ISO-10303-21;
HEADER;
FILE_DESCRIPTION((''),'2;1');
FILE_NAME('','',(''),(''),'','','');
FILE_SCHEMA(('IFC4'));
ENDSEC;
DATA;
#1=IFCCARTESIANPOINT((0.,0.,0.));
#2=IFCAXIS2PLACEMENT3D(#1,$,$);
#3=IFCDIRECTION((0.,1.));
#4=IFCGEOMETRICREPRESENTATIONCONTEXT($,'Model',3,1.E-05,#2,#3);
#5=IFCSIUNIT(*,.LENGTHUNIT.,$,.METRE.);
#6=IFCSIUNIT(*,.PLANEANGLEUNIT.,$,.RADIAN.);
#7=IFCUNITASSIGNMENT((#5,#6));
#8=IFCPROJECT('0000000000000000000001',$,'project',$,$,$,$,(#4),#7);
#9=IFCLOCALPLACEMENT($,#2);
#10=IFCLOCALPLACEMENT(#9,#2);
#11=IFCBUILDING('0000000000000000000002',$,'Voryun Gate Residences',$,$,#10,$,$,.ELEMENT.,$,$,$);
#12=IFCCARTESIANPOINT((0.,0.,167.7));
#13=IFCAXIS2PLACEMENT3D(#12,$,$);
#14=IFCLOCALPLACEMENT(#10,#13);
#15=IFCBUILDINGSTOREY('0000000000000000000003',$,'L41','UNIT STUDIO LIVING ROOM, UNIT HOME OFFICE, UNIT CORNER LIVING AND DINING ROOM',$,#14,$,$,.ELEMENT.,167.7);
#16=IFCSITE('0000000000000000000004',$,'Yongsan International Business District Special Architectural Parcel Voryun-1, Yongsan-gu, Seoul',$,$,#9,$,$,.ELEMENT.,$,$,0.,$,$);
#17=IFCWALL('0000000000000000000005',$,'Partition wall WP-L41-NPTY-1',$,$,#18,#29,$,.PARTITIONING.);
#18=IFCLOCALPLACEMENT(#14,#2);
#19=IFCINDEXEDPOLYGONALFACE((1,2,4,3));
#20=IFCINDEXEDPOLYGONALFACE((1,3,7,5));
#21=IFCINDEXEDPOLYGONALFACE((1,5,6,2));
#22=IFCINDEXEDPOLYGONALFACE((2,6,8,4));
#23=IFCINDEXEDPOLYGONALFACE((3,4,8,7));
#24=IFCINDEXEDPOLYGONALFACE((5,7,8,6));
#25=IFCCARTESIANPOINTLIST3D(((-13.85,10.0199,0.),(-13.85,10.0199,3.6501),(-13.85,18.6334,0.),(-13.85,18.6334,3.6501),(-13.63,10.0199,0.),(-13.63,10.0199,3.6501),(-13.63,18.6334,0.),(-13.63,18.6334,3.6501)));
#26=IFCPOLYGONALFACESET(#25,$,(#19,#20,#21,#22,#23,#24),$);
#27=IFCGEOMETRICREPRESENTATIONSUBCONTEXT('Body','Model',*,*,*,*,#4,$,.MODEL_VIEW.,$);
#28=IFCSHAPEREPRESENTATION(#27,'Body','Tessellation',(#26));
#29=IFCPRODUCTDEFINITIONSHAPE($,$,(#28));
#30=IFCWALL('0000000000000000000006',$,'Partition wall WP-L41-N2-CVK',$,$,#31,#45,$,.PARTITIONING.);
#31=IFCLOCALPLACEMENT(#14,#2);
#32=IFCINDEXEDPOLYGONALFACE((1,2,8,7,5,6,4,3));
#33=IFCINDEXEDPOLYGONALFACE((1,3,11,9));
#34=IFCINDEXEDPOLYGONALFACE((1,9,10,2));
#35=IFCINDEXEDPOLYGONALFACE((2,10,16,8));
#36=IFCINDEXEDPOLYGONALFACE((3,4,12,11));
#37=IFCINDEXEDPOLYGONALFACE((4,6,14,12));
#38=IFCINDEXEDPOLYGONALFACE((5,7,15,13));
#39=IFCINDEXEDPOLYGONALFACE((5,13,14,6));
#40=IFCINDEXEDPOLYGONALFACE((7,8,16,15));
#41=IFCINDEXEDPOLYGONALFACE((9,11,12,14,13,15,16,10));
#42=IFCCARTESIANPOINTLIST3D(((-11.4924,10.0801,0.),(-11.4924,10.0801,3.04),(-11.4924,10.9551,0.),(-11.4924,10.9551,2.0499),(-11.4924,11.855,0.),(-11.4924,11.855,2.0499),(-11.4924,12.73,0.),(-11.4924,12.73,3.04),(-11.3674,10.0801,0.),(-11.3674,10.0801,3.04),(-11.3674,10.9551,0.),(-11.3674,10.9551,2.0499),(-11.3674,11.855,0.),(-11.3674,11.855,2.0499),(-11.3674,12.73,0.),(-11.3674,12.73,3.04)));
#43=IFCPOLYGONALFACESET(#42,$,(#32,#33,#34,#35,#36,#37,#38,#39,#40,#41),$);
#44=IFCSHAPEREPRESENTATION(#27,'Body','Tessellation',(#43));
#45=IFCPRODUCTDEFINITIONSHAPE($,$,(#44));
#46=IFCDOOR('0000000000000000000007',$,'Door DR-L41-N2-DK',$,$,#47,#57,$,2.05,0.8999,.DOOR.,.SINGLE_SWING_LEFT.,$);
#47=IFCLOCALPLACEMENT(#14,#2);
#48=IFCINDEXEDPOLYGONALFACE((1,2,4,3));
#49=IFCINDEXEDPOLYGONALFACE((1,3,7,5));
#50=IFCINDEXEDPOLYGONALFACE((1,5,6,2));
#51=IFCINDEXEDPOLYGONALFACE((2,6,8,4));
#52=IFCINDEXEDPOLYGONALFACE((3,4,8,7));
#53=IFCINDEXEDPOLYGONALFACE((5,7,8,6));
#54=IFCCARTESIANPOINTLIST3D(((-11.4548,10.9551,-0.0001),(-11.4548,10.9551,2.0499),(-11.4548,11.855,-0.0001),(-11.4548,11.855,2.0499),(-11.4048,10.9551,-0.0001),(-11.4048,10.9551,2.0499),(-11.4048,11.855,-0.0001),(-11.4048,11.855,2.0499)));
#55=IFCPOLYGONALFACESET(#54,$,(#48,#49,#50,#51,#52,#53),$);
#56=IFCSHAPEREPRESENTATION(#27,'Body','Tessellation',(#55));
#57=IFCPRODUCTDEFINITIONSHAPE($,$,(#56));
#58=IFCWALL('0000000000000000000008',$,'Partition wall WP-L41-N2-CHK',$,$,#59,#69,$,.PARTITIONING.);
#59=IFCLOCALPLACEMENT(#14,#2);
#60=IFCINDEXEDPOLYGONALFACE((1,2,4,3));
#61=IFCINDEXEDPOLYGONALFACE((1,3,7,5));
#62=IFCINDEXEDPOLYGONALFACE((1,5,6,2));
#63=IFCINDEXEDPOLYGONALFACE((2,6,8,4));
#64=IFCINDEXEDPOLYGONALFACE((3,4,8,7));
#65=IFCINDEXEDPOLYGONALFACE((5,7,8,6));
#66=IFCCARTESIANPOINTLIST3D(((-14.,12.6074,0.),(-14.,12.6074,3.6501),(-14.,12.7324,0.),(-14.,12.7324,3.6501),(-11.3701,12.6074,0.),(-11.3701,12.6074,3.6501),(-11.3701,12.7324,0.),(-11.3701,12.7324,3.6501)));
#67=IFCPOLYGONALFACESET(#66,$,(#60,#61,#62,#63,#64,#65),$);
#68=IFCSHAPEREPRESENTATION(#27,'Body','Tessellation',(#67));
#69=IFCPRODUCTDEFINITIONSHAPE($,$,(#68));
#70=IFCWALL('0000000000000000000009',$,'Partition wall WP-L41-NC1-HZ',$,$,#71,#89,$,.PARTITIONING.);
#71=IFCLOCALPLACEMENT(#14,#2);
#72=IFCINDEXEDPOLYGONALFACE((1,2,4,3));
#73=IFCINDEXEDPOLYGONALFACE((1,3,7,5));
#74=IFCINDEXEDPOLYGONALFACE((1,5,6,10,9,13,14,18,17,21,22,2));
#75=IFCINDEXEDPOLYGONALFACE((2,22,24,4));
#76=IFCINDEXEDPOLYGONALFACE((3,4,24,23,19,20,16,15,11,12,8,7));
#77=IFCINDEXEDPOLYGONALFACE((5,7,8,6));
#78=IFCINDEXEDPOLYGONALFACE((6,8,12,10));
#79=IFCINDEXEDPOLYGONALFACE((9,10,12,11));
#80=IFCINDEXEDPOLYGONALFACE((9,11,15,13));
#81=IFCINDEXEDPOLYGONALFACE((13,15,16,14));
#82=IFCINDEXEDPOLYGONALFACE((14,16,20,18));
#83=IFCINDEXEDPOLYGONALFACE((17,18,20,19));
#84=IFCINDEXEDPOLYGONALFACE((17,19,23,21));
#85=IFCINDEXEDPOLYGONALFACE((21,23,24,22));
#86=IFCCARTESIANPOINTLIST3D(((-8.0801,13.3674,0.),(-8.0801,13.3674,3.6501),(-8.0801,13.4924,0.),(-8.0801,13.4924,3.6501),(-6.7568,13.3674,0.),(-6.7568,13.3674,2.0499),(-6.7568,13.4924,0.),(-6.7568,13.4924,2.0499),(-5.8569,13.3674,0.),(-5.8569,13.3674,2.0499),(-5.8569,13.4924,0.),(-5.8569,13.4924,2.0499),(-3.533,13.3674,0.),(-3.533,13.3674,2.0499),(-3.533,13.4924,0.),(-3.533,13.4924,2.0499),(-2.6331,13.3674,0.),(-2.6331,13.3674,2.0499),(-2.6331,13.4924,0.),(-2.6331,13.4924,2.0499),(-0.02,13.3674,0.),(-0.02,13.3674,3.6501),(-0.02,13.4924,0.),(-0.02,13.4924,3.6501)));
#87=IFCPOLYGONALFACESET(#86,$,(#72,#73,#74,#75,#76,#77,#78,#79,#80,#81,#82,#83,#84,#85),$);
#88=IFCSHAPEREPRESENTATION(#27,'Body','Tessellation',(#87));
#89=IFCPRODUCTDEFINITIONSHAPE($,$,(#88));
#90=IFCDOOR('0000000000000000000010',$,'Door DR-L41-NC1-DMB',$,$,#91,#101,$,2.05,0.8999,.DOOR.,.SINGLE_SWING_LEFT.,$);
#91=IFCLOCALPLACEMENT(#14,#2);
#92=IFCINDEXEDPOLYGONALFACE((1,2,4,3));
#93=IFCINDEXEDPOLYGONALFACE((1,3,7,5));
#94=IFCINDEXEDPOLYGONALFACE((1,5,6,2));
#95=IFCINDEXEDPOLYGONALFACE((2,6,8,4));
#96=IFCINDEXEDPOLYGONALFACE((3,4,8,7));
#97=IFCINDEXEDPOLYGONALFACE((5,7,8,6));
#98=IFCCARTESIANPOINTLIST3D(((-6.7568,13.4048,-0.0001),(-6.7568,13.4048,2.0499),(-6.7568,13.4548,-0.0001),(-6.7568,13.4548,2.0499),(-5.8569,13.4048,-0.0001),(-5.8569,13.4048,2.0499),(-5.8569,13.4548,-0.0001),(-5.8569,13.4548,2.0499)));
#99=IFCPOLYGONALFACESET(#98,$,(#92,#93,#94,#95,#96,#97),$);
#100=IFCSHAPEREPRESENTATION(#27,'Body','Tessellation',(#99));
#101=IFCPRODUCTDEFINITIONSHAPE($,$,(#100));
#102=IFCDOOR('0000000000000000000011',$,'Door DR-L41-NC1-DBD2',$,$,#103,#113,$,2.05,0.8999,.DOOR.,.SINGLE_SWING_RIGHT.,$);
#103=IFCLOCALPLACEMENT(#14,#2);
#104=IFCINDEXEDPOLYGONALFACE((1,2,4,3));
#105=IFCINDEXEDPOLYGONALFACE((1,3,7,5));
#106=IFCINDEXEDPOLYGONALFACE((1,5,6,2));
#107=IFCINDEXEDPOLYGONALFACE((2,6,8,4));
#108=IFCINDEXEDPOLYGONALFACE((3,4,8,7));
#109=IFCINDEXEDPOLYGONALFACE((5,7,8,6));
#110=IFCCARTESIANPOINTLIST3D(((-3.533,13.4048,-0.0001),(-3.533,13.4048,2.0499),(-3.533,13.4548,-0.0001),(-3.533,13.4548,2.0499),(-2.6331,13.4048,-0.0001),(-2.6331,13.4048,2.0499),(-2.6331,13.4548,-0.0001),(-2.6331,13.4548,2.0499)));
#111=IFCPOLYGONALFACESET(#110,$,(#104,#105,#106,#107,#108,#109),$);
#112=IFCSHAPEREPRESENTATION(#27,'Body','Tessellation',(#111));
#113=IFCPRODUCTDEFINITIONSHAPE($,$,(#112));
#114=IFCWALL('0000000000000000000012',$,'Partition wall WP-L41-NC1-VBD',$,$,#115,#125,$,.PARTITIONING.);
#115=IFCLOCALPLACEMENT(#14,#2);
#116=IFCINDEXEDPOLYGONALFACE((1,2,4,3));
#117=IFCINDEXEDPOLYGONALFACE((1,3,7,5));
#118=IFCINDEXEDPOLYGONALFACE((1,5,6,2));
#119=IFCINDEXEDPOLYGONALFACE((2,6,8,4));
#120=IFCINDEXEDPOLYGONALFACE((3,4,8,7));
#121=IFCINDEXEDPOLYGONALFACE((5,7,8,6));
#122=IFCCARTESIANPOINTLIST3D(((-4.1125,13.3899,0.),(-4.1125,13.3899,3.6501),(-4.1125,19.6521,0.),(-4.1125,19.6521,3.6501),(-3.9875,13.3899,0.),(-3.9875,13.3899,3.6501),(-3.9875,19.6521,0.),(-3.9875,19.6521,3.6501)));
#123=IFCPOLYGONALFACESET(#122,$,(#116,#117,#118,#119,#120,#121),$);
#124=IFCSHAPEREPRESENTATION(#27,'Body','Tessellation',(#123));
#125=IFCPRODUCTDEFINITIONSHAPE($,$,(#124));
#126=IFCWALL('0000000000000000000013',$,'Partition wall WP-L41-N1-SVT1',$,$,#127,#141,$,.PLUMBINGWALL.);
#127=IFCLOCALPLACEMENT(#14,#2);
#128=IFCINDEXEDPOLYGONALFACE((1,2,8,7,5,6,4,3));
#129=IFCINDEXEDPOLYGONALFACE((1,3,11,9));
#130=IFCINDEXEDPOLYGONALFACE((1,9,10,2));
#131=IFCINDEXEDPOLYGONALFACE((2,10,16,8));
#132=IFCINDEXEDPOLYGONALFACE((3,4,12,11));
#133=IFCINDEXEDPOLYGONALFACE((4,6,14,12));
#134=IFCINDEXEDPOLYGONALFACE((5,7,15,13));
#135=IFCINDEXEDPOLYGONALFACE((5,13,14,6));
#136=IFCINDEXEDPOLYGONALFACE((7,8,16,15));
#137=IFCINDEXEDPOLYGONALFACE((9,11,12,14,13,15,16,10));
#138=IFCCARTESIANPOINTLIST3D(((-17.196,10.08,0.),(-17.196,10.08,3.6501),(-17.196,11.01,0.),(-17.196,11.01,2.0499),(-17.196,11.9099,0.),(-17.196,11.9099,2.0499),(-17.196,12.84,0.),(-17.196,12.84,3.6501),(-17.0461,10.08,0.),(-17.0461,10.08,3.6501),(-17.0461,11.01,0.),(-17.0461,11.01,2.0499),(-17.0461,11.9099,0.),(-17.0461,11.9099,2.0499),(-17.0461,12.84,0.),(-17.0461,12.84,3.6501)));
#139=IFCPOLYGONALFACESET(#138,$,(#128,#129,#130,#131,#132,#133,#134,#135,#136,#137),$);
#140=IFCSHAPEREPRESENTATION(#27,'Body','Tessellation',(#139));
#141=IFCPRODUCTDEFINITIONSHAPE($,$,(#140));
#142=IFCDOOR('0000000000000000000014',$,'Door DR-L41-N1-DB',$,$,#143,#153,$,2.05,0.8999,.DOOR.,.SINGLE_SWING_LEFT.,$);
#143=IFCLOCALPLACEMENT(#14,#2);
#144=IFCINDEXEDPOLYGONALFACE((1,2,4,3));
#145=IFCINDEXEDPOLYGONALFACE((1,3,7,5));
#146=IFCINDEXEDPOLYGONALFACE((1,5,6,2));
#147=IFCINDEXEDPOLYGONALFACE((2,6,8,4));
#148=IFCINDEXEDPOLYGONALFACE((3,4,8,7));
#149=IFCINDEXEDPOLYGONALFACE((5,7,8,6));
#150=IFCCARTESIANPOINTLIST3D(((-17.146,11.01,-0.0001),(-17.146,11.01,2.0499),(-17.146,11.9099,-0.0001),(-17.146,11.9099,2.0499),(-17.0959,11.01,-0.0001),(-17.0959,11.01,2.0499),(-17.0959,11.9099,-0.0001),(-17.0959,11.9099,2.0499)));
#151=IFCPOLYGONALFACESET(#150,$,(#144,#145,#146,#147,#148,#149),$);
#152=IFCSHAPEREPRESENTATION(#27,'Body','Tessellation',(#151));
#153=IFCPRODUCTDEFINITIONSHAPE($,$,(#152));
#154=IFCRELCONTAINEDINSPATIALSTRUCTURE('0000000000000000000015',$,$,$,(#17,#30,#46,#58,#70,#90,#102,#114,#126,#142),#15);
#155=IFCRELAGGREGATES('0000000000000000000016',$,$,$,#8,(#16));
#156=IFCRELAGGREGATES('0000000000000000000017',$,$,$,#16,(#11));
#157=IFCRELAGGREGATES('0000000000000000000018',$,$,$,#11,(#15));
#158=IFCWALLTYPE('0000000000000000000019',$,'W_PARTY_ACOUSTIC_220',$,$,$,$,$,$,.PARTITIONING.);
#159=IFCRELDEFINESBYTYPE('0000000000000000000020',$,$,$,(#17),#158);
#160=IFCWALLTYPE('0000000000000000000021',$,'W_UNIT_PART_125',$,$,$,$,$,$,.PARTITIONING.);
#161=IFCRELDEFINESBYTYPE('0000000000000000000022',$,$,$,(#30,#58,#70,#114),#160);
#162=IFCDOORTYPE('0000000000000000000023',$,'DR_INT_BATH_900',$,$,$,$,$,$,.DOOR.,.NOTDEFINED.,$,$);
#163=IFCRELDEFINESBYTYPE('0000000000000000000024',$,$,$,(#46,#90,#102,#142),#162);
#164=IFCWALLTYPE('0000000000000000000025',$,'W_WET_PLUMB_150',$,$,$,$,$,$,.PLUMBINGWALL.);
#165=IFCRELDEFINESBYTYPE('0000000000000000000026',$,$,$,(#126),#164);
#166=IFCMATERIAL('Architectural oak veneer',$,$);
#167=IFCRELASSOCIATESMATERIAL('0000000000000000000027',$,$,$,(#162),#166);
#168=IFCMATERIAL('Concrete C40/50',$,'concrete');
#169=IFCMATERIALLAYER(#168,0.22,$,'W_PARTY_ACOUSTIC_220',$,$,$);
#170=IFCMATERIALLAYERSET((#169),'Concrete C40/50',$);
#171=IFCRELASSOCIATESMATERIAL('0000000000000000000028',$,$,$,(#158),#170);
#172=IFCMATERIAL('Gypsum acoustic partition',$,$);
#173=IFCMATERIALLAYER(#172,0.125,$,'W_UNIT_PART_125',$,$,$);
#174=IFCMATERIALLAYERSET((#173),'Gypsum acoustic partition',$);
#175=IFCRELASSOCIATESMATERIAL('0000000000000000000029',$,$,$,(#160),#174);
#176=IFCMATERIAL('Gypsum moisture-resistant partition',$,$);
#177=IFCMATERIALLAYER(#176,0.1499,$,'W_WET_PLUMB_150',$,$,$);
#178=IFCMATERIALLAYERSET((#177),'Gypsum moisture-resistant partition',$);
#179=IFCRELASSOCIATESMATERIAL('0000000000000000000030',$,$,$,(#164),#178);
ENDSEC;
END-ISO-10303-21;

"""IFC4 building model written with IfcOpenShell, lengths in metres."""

from ifc_helpers import new_model, si_unit, direction, frame, frame_2d, origin, place, context, subcontext, project, spatial, rectangle, extrude, material, layer, layer_set, type_object, element, fill, save


model = new_model("IFC4")

# Units and contexts
model_context = context("Model", 3, precision=1e-05, world=origin(), true_north=direction((0.0, 1.0)))
body_context = subcontext(model_context, "Body", "Model", "MODEL_VIEW")
ifc_project = project(units=[si_unit("LENGTHUNIT", "METRE"), si_unit("PLANEANGLEUNIT", "RADIAN")], contexts=[model_context])

# Site, building, storey
site_placement = place(None, origin())
site = spatial("IfcSite", under=ifc_project, at=site_placement, Name="Yongsan International Business District Special Architectural Parcel Voryun-1, Yongsan-gu, Seoul", CompositionType="ELEMENT", RefElevation=0.0)
building_placement = place(site_placement, origin())
building = spatial("IfcBuilding", under=site, at=building_placement, Name="Voryun Gate Residences", CompositionType="ELEMENT")
storey_placement = place(building_placement, frame((0.0, 0.0, 167.7)))
storey = spatial("IfcBuildingStorey", under=building, at=storey_placement, Name="L41", Description="UNIT STUDIO LIVING ROOM, UNIT HOME OFFICE, UNIT CORNER LIVING AND DINING ROOM", CompositionType="ELEMENT", Elevation=167.7)

# Shared definitions
ifc_material_1 = material(Name="Architectural oak veneer")
door_type = type_object("IfcDoorType", Name="DR_INT_BATH_900", OperationType="NOTDEFINED", PredefinedType="DOOR", material=ifc_material_1)

# Wall
ifc_material_2 = material(Name="Concrete C40/50", Category="concrete")
ifc_layer_1 = layer(ifc_material_2, 0.22, Name="W_PARTY_ACOUSTIC_220")
ifc_layer_set_1 = layer_set([ifc_layer_1], Name="Concrete C40/50")
wall_type_1 = type_object("IfcWallType", Name="W_PARTY_ACOUSTIC_220", PredefinedType="PARTITIONING", material=ifc_layer_set_1)
wall_1_placement = place(storey_placement, frame((-13.74, 10.02, 0.0), z_axis=(0.0, 0.0, 1.0), x_axis=(0.0, 1.0, 0.0)))
element("IfcWall", 1, at=wall_1_placement, inside=storey, type_object=wall_type_1, Name="Partition wall WP-L41-NPTY-1", PredefinedType="PARTITIONING", context=body_context, shape_type="SweptSolid", body=[
    extrude(rectangle(XDim=8.6135, YDim=0.22, at=frame_2d((4.3066, 0.0))), origin(), (0.0, 0.0, 1.0), 3.6501),
])

# Wall, opening, door
ifc_material_3 = material(Name="Gypsum acoustic partition")
ifc_layer_2 = layer(ifc_material_3, 0.125, Name="W_UNIT_PART_125")
ifc_layer_set_2 = layer_set([ifc_layer_2], Name="Gypsum acoustic partition")
wall_type_2 = type_object("IfcWallType", Name="W_UNIT_PART_125", PredefinedType="PARTITIONING", material=ifc_layer_set_2)
wall_2_placement = place(storey_placement, frame((-11.4299, 10.0801, 0.0), z_axis=(0.0, 0.0, 1.0), x_axis=(0.0, 1.0, 0.0)))
wall_2 = element("IfcWall", 2, at=wall_2_placement, inside=storey, type_object=wall_type_2, Name="Partition wall WP-L41-N2-CVK", PredefinedType="PARTITIONING", context=body_context, shape_type="SweptSolid", body=[
    extrude(rectangle(XDim=2.6499, YDim=0.125, at=frame_2d((1.325, 0.0))), origin(), (0.0, 0.0, 1.0), 3.04),
])
opening_1_placement = place(wall_2_placement, frame((0.875, 0.0, 0.0)))
opening_1 = element("IfcOpeningElement", 3, at=opening_1_placement, cuts=wall_2, PredefinedType="OPENING", context=body_context, shape_type="SweptSolid", body=[
    extrude(rectangle(XDim=0.8999, YDim=2.05, at=frame_2d((0.45, 1.0249))), frame((0.0, 0.0725, 0.0), z_axis=(0.0, -1.0, 0.0), x_axis=(1.0, 0.0, 0.0)), (0.0, 0.0, 1.0), 0.145),
])
door_1_placement = place(opening_1_placement, origin())
door_1 = element("IfcDoor", 4, at=door_1_placement, inside=storey, type_object=door_type, Name="Door DR-L41-N2-DK", OperationType="SINGLE_SWING_LEFT", OverallHeight=2.05, OverallWidth=0.8999, PredefinedType="DOOR", context=body_context, shape_type="SweptSolid", body=[
    extrude(rectangle(XDim=0.8999, YDim=2.05, at=frame_2d((0.45, 1.0249))), frame((0.0, 0.0249, 0.0), z_axis=(0.0, -1.0, 0.0), x_axis=(1.0, 0.0, 0.0)), (0.0, 0.0, 1.0), 0.05),
])
fill(opening_1, door_1)

# Wall
wall_3_placement = place(storey_placement, frame((-14.0, 12.6699, 0.0), z_axis=(0.0, 0.0, 1.0), x_axis=(1.0, 0.0, 0.0)))
element("IfcWall", 5, at=wall_3_placement, inside=storey, type_object=wall_type_2, Name="Partition wall WP-L41-N2-CHK", PredefinedType="PARTITIONING", context=body_context, shape_type="SweptSolid", body=[
    extrude(rectangle(XDim=2.6299, YDim=0.125, at=frame_2d((1.3149, 0.0))), origin(), (0.0, 0.0, 1.0), 3.6501),
])

# Wall, openings, doors
wall_4_placement = place(storey_placement, frame((-8.0801, 13.4299, 0.0), z_axis=(0.0, 0.0, 1.0), x_axis=(1.0, 0.0, 0.0)))
wall_4 = element("IfcWall", 6, at=wall_4_placement, inside=storey, type_object=wall_type_2, Name="Partition wall WP-L41-NC1-HZ", PredefinedType="PARTITIONING", context=body_context, shape_type="SweptSolid", body=[
    extrude(rectangle(XDim=8.0601, YDim=0.125, at=frame_2d((4.03, 0.0))), origin(), (0.0, 0.0, 1.0), 3.6501),
])
opening_2_placement = place(wall_4_placement, frame((1.3232, 0.0, 0.0)))
opening_2 = element("IfcOpeningElement", 7, at=opening_2_placement, cuts=wall_4, PredefinedType="OPENING", context=body_context, shape_type="SweptSolid", body=[
    extrude(rectangle(XDim=0.8999, YDim=2.05, at=frame_2d((0.45, 1.0249))), frame((0.0, 0.0725, 0.0), z_axis=(0.0, -1.0, 0.0), x_axis=(1.0, 0.0, 0.0)), (0.0, 0.0, 1.0), 0.145),
])
opening_3_placement = place(wall_4_placement, frame((4.5471, 0.0, 0.0)))
opening_3 = element("IfcOpeningElement", 8, at=opening_3_placement, cuts=wall_4, PredefinedType="OPENING", context=body_context, shape_type="SweptSolid", body=[
    extrude(rectangle(XDim=0.8999, YDim=2.05, at=frame_2d((0.45, 1.0249))), frame((0.0, 0.0725, 0.0), z_axis=(0.0, -1.0, 0.0), x_axis=(1.0, 0.0, 0.0)), (0.0, 0.0, 1.0), 0.145),
])
door_2_placement = place(opening_2_placement, origin())
door_2 = element("IfcDoor", 9, at=door_2_placement, inside=storey, type_object=door_type, Name="Door DR-L41-NC1-DMB", OperationType="SINGLE_SWING_LEFT", OverallHeight=2.05, OverallWidth=0.8999, PredefinedType="DOOR", context=body_context, shape_type="SweptSolid", body=[
    extrude(rectangle(XDim=0.8999, YDim=2.05, at=frame_2d((0.45, 1.0249))), frame((0.0, 0.0249, 0.0), z_axis=(0.0, -1.0, 0.0), x_axis=(1.0, 0.0, 0.0)), (0.0, 0.0, 1.0), 0.05),
])
fill(opening_2, door_2)
door_3_placement = place(opening_3_placement, origin())
door_3 = element("IfcDoor", 10, at=door_3_placement, inside=storey, type_object=door_type, Name="Door DR-L41-NC1-DBD2", OperationType="SINGLE_SWING_RIGHT", OverallHeight=2.05, OverallWidth=0.8999, PredefinedType="DOOR", context=body_context, shape_type="SweptSolid", body=[
    extrude(rectangle(XDim=0.8999, YDim=2.05, at=frame_2d((0.45, 1.0249))), frame((0.0, 0.0249, 0.0), z_axis=(0.0, -1.0, 0.0), x_axis=(1.0, 0.0, 0.0)), (0.0, 0.0, 1.0), 0.05),
])
fill(opening_3, door_3)

# Wall
wall_5_placement = place(storey_placement, frame((-4.05, 13.3899, 0.0), z_axis=(0.0, 0.0, 1.0), x_axis=(0.0, 1.0, 0.0)))
element("IfcWall", 11, at=wall_5_placement, inside=storey, type_object=wall_type_2, Name="Partition wall WP-L41-NC1-VBD", PredefinedType="PARTITIONING", context=body_context, shape_type="SweptSolid", body=[
    extrude(rectangle(XDim=6.2622, YDim=0.125, at=frame_2d((3.1311, 0.0))), origin(), (0.0, 0.0, 1.0), 3.6501),
])

# Wall, opening, door
ifc_material_4 = material(Name="Gypsum moisture-resistant partition")
ifc_layer_3 = layer(ifc_material_4, 0.1499, Name="W_WET_PLUMB_150")
ifc_layer_set_3 = layer_set([ifc_layer_3], Name="Gypsum moisture-resistant partition")
wall_type_3 = type_object("IfcWallType", Name="W_WET_PLUMB_150", PredefinedType="PLUMBINGWALL", material=ifc_layer_set_3)
wall_6_placement = place(storey_placement, frame((-17.1211, 10.0801, 0.0), z_axis=(0.0, 0.0, 1.0), x_axis=(0.0, 1.0, 0.0)))
wall_6 = element("IfcWall", 12, at=wall_6_placement, inside=storey, type_object=wall_type_3, Name="Partition wall WP-L41-N1-SVT1", PredefinedType="PLUMBINGWALL", context=body_context, shape_type="SweptSolid", body=[
    extrude(rectangle(XDim=2.76, YDim=0.1499, at=frame_2d((1.3799, 0.0))), origin(), (0.0, 0.0, 1.0), 3.6501),
])
opening_4_placement = place(wall_6_placement, frame((0.9299, 0.0, 0.0)))
opening_4 = element("IfcOpeningElement", 13, at=opening_4_placement, cuts=wall_6, PredefinedType="OPENING", context=body_context, shape_type="SweptSolid", body=[
    extrude(rectangle(XDim=0.8999, YDim=2.05, at=frame_2d((0.45, 1.0249))), frame((0.0, 0.085, 0.0), z_axis=(0.0, -1.0, 0.0), x_axis=(1.0, 0.0, 0.0)), (0.0, 0.0, 1.0), 0.1699),
])
door_4_placement = place(opening_4_placement, origin())
door_4 = element("IfcDoor", 14, at=door_4_placement, inside=storey, type_object=door_type, Name="Door DR-L41-N1-DB", OperationType="SINGLE_SWING_LEFT", OverallHeight=2.05, OverallWidth=0.8999, PredefinedType="DOOR", context=body_context, shape_type="SweptSolid", body=[
    extrude(rectangle(XDim=0.8999, YDim=2.05, at=frame_2d((0.45, 1.0249))), frame((0.0, 0.0249, 0.0), z_axis=(0.0, -1.0, 0.0), x_axis=(1.0, 0.0, 0.0)), (0.0, 0.0, 1.0), 0.05),
])
fill(opening_4, door_4)

save(model, "model.ifc")
